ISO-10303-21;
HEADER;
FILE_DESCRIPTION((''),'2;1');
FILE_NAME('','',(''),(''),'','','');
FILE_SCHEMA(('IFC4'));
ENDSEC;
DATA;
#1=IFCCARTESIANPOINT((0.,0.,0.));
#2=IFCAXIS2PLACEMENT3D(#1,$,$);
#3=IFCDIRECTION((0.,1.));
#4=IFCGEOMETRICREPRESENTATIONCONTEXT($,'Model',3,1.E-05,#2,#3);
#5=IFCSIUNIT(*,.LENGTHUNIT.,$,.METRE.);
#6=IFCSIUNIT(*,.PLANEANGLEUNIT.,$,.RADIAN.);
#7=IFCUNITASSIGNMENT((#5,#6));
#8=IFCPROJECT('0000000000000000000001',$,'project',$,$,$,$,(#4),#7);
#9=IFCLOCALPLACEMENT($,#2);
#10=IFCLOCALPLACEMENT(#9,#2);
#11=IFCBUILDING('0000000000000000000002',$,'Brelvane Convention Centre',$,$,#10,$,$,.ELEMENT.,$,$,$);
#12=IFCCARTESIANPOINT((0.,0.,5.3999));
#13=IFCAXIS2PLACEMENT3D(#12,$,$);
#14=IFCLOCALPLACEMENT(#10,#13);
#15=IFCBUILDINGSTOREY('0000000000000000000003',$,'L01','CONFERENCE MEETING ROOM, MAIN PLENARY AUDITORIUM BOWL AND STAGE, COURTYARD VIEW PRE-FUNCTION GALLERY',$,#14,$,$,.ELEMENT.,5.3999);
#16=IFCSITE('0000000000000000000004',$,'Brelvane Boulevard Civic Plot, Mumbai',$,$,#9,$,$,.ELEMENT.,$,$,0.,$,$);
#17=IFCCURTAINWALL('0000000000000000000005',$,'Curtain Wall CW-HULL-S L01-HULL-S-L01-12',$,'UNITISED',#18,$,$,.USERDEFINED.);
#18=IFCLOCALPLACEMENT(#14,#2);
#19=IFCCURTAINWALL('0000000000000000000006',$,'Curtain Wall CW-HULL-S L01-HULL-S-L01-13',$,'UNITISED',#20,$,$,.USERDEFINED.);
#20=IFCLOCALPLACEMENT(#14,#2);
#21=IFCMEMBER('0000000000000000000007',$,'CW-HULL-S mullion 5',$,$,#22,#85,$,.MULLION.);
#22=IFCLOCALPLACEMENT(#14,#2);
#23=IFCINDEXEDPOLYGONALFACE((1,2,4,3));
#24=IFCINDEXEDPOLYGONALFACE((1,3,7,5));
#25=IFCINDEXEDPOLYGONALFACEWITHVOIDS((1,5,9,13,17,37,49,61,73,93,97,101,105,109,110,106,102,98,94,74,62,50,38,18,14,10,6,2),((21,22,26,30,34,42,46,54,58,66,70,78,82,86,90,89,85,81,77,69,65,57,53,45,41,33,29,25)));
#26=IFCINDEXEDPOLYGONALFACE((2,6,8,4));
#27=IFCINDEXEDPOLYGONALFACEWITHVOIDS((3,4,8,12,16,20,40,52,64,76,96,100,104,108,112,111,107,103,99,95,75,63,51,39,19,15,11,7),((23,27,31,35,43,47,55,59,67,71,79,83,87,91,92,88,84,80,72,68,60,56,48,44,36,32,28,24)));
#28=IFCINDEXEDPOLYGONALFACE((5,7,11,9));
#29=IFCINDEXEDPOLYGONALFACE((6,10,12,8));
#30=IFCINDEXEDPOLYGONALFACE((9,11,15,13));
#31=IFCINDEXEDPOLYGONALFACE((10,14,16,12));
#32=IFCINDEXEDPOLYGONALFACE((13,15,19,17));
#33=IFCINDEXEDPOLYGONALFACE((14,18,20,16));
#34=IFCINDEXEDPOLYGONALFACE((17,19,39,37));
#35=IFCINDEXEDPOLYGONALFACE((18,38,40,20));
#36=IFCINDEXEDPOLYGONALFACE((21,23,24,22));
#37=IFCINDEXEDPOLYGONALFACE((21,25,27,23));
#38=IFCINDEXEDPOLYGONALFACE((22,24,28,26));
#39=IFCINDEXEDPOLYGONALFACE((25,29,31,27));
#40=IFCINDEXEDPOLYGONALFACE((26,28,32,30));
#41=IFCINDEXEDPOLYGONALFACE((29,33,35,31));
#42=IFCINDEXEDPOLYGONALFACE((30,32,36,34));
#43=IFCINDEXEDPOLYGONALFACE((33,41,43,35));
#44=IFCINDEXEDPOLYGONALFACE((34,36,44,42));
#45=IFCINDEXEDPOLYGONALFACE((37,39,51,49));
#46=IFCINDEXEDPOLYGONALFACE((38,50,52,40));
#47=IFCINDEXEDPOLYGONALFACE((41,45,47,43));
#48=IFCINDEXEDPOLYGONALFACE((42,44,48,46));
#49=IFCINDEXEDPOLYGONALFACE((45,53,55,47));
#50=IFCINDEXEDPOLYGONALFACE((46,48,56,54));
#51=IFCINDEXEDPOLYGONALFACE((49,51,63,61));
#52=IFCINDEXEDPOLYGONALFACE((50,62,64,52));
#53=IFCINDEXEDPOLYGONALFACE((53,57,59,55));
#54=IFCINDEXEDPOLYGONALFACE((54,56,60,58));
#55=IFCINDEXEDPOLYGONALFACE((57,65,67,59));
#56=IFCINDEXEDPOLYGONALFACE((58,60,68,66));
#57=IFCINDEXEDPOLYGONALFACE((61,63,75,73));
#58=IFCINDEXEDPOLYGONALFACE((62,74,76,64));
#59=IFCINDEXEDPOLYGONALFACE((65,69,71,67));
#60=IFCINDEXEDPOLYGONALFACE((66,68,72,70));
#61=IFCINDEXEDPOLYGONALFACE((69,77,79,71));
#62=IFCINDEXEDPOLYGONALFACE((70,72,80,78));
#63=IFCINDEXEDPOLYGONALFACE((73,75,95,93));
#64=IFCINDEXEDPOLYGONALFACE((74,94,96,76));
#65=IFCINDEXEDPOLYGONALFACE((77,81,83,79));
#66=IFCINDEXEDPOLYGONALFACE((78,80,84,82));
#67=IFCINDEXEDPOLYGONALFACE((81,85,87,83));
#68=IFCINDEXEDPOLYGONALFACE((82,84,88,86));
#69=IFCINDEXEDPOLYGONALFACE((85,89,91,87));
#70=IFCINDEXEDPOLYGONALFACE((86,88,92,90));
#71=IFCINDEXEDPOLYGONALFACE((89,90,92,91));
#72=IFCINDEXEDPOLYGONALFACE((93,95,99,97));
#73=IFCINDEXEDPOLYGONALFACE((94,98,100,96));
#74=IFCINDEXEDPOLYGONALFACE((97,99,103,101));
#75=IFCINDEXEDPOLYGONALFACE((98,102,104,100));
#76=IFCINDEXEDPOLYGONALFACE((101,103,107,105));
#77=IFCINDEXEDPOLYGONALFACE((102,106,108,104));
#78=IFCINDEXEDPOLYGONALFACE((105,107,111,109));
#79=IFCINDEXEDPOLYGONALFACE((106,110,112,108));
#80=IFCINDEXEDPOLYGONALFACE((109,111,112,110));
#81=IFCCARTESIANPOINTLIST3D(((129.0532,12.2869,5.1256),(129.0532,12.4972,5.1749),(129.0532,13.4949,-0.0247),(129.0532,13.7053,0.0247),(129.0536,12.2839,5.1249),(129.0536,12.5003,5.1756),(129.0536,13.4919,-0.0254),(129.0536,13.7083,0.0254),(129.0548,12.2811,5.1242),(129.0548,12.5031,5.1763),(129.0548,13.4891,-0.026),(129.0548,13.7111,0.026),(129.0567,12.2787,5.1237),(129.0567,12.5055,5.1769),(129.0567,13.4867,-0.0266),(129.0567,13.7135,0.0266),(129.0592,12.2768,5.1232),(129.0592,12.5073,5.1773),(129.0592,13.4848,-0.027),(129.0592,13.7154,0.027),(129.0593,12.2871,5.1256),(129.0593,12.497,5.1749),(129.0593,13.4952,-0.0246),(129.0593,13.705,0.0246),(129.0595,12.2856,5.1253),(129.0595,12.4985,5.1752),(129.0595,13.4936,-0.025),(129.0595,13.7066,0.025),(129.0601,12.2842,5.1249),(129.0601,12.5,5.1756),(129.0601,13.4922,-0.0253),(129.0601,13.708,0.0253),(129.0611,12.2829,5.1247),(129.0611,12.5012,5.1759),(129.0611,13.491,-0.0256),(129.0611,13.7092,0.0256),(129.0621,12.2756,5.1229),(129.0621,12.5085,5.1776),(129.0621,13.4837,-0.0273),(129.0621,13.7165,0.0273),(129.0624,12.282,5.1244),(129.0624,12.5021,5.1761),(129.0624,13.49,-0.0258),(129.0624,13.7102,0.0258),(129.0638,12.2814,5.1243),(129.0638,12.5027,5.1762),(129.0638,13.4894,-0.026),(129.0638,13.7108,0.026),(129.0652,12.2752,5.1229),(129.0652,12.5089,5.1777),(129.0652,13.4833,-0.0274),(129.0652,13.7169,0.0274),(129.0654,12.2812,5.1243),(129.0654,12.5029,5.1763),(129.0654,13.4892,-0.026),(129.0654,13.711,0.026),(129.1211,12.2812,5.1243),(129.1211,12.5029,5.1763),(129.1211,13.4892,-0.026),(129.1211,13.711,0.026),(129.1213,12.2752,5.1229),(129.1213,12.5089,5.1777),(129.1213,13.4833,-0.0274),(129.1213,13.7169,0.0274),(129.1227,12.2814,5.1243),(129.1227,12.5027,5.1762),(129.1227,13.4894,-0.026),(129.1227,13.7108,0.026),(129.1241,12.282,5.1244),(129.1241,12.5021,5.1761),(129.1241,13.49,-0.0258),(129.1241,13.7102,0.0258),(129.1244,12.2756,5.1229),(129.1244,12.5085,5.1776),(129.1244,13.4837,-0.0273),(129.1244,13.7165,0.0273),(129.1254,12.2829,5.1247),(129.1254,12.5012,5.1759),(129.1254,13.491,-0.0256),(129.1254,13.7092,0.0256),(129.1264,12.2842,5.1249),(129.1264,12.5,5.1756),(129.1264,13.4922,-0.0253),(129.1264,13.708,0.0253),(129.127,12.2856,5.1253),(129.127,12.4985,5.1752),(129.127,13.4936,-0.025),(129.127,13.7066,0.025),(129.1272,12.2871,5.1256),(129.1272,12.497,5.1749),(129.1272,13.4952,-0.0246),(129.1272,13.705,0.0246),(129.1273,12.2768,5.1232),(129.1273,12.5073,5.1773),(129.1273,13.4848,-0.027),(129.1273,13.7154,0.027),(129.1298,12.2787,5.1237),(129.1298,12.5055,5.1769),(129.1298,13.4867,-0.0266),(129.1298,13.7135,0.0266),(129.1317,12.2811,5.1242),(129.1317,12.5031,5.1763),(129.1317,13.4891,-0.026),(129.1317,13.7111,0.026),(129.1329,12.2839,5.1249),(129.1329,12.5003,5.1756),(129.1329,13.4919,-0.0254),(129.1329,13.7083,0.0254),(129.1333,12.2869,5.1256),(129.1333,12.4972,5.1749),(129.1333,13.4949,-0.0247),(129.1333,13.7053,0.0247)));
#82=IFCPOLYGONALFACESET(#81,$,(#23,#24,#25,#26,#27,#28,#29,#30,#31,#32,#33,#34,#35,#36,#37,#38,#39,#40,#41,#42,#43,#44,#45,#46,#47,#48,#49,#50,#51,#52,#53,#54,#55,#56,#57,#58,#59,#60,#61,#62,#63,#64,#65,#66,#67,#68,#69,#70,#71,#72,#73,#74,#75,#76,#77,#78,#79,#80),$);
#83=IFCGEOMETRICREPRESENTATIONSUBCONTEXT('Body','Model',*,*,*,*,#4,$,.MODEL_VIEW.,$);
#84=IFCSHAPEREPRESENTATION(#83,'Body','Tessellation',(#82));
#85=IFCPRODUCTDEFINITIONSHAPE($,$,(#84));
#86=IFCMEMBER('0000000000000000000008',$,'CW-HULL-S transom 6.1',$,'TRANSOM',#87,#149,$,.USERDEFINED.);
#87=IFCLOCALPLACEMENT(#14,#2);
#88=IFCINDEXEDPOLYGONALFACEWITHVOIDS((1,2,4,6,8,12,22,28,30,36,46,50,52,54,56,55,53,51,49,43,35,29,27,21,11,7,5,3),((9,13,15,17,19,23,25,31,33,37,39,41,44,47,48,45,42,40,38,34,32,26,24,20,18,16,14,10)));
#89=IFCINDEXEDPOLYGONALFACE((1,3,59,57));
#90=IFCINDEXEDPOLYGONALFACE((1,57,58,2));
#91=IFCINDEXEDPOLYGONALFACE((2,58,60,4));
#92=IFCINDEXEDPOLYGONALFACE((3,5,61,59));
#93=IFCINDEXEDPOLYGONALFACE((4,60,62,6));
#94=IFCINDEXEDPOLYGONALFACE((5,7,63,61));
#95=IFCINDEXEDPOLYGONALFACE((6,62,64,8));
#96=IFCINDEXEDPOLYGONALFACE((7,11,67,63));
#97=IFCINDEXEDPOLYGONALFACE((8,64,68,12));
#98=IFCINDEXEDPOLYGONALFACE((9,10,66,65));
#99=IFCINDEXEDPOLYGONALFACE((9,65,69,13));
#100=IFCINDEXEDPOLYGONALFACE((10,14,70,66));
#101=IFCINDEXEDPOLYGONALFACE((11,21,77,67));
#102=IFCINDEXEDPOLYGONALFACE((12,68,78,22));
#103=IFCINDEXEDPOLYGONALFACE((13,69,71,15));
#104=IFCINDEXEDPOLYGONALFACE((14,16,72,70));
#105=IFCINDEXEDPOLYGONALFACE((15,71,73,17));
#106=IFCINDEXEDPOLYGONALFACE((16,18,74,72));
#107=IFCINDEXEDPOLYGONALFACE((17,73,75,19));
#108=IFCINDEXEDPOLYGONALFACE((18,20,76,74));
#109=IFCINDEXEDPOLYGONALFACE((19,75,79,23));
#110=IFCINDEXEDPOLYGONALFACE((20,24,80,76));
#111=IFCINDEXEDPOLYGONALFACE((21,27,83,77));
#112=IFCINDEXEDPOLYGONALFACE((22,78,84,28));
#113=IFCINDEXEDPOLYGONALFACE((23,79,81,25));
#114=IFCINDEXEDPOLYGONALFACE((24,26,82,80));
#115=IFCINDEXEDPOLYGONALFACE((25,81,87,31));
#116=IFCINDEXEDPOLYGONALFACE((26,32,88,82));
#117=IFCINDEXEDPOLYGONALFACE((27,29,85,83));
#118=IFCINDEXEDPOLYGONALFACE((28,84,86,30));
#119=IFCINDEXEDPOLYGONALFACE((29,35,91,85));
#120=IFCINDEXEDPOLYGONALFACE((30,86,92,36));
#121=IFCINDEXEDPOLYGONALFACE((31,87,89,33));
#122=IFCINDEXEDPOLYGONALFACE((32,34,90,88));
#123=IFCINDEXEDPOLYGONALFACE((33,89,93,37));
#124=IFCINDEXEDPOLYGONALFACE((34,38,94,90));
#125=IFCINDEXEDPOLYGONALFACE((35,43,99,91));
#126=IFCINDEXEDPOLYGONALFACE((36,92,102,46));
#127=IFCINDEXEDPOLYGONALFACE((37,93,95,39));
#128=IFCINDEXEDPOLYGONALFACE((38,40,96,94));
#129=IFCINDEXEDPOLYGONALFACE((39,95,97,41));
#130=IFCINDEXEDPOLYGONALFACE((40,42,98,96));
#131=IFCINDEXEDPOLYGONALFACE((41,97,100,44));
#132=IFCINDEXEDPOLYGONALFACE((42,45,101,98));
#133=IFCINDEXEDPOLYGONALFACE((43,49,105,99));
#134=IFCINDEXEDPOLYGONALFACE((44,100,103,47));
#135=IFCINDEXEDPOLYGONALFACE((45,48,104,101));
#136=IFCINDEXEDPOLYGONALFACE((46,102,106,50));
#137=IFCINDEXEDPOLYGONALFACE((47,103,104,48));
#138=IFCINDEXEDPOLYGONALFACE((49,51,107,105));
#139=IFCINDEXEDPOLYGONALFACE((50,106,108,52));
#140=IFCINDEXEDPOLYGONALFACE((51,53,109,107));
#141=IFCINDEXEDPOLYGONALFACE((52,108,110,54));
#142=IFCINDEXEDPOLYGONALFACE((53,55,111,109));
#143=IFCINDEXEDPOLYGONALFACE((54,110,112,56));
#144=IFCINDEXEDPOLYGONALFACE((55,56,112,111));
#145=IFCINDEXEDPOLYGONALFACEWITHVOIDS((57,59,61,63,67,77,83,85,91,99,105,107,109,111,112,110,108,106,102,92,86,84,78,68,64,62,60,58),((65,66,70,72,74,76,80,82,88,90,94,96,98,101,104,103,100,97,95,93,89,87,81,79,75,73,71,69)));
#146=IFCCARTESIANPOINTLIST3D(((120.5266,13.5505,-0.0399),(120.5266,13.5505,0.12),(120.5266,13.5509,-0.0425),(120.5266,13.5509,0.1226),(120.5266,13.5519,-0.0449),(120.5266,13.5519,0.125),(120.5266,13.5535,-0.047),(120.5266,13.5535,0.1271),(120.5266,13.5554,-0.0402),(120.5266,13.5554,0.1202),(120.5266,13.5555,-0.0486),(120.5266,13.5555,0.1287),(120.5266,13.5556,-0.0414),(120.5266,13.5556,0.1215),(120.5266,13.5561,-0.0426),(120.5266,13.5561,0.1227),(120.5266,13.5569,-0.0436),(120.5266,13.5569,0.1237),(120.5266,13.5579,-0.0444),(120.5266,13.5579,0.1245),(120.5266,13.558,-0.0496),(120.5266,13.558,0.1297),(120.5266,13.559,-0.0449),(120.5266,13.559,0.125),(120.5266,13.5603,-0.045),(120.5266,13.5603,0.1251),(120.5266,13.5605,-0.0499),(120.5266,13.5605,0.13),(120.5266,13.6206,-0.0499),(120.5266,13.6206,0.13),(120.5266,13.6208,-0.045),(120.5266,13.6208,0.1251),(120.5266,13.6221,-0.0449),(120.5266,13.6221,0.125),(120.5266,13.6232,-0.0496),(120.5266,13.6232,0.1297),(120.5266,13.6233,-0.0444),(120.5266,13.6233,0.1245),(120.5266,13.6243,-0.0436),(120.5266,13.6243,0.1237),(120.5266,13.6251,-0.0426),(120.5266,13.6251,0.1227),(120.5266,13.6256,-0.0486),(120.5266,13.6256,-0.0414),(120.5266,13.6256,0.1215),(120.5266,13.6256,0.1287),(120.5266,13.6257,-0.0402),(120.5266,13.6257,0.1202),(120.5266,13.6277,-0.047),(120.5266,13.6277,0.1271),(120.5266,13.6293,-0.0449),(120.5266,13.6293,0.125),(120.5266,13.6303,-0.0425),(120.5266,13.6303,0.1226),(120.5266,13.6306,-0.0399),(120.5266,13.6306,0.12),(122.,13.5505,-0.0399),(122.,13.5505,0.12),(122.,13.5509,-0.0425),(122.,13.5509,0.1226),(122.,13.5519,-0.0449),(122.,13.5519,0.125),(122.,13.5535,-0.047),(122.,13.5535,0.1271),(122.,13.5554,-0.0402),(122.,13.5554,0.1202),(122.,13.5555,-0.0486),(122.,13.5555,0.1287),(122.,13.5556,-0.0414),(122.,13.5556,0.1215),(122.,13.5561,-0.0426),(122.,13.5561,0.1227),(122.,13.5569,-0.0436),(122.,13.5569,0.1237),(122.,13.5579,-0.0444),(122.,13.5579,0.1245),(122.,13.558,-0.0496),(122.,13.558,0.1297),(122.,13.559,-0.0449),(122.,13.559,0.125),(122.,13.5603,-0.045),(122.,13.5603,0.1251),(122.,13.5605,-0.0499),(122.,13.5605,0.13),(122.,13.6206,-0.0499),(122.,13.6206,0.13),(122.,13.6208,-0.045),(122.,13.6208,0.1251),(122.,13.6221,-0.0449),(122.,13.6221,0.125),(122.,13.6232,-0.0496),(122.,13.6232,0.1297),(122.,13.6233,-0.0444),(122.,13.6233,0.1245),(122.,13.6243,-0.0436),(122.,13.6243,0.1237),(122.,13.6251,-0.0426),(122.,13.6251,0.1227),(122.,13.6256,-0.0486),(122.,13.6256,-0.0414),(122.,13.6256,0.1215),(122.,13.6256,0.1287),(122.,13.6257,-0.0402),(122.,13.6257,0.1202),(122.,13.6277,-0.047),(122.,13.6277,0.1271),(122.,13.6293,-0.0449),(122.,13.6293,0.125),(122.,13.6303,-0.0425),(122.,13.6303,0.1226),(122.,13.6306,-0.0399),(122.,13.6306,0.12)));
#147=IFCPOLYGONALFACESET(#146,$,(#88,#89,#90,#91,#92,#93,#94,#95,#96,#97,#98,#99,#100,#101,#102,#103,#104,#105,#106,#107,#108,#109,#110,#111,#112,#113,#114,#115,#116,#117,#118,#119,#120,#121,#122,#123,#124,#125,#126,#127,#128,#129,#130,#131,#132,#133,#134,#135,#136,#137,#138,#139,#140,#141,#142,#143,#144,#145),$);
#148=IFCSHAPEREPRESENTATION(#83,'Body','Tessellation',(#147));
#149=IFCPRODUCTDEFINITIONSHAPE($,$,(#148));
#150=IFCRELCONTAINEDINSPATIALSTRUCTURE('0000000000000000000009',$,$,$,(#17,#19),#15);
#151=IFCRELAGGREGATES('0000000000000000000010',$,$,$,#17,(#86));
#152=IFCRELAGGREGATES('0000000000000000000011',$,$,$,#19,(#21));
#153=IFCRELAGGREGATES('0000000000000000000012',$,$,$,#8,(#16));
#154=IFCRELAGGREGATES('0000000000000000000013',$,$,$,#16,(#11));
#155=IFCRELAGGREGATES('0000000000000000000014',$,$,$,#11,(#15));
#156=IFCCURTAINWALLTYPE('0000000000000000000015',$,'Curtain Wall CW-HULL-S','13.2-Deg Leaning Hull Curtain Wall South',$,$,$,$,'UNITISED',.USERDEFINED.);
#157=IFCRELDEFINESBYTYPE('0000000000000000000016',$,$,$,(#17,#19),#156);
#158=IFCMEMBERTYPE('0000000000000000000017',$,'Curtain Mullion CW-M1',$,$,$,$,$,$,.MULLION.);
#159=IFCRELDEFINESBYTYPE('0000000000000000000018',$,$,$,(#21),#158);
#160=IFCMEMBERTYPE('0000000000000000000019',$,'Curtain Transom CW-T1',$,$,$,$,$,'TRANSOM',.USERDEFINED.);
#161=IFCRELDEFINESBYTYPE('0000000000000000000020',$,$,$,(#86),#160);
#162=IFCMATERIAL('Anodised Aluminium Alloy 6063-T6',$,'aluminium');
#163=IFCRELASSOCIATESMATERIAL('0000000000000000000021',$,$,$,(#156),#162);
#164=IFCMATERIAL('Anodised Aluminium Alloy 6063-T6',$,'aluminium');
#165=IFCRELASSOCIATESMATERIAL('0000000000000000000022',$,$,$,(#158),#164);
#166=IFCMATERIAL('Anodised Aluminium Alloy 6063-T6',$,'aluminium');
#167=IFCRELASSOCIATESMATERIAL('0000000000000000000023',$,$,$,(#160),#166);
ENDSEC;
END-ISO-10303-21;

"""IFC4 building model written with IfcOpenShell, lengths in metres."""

from ifc_helpers import new_model, si_unit, direction, frame, origin, origin_2d, place, context, subcontext, project, spatial, hollow_rectangle, extrude, material, material_profile, profile_set, type_object, element, aggregate, save


model = new_model("IFC4")

# Units and contexts
model_context = context("Model", 3, precision=1e-05, world=origin(), true_north=direction((0.0, 1.0)))
body_context = subcontext(model_context, "Body", "Model", "MODEL_VIEW")
ifc_project = project(units=[si_unit("LENGTHUNIT", "METRE"), si_unit("PLANEANGLEUNIT", "RADIAN")], contexts=[model_context])

# Site, building, storey
site_placement = place(None, origin())
site = spatial("IfcSite", under=ifc_project, at=site_placement, Name="Brelvane Boulevard Civic Plot, Mumbai", CompositionType="ELEMENT", RefElevation=0.0)
building_placement = place(site_placement, origin())
building = spatial("IfcBuilding", under=site, at=building_placement, Name="Brelvane Convention Centre", CompositionType="ELEMENT")
storey_placement = place(building_placement, frame((0.0, 0.0, 5.3999)))
storey = spatial("IfcBuildingStorey", under=building, at=storey_placement, Name="L01", Description="CONFERENCE MEETING ROOM, MAIN PLENARY AUDITORIUM BOWL AND STAGE, COURTYARD VIEW PRE-FUNCTION GALLERY", CompositionType="ELEMENT", Elevation=5.3999)

# Curtain wall
ifc_material_1 = material(Name="Anodised Aluminium Alloy 6063-T6", Category="aluminium")
curtain_wall_type = type_object("IfcCurtainWallType", Name="Curtain Wall CW-HULL-S", Description="13.2-Deg Leaning Hull Curtain Wall South", ElementType="UNITISED", PredefinedType="USERDEFINED", material=ifc_material_1)
curtain_wall_1_placement = place(storey_placement, origin())
curtain_wall_1 = element("IfcCurtainWall", 1, at=curtain_wall_1_placement, inside=storey, type_object=curtain_wall_type, Name="Curtain Wall CW-HULL-S L01-HULL-S-L01-12", ObjectType="UNITISED", PredefinedType="USERDEFINED")
ifc_material_2 = material(Name="Anodised Aluminium Alloy 6063-T6", Category="aluminium")
ifc_material_profile_1 = material_profile(ifc_material_2, hollow_rectangle(XDim=0.0801, YDim=0.24, WallThickness=0.0061, InnerFilletRadius=0.0061, OuterFilletRadius=0.012, at=origin_2d()), Name="ALU-M 240x80x6.0")
ifc_profile_set_1 = profile_set([ifc_material_profile_1], Name="Anodised Aluminium Alloy 6063-T6")
member_type_1 = type_object("IfcMemberType", Name="Curtain Mullion CW-M1", PredefinedType="MULLION", material=ifc_profile_set_1)

# Curtain wall, member
curtain_wall_2_placement = place(storey_placement, origin())
curtain_wall_2 = element("IfcCurtainWall", 2, at=curtain_wall_2_placement, inside=storey, type_object=curtain_wall_type, Name="Curtain Wall CW-HULL-S L01-HULL-S-L01-13", ObjectType="UNITISED", PredefinedType="USERDEFINED")
member_1_placement = place(storey_placement, frame((129.0933, 13.6001, 0.0), z_axis=(0.0, -0.22836, 0.973577), x_axis=(1.0, 0.0, 0.0)))
member_1 = element("IfcMember", 3, at=member_1_placement, type_object=member_type_1, Name="CW-HULL-S mullion 5", PredefinedType="MULLION", context=body_context, shape_type="SweptSolid", body=[
    extrude(hollow_rectangle(XDim=0.0801, YDim=0.24, WallThickness=0.0061, InnerFilletRadius=0.0061, OuterFilletRadius=0.012, at=origin_2d()), origin(), (0.0, 0.0, 1.0), 5.29),
])

# Member
ifc_material_3 = material(Name="Anodised Aluminium Alloy 6063-T6", Category="aluminium")
ifc_material_profile_2 = material_profile(ifc_material_3, hollow_rectangle(XDim=0.0801, YDim=0.1799, WallThickness=0.0049, InnerFilletRadius=0.0049, OuterFilletRadius=0.01, at=origin_2d()), Name="ALU-T 180x80x5.0")
ifc_profile_set_2 = profile_set([ifc_material_profile_2], Name="Anodised Aluminium Alloy 6063-T6")
member_type_2 = type_object("IfcMemberType", Name="Curtain Transom CW-T1", ElementType="TRANSOM", PredefinedType="USERDEFINED", material=ifc_profile_set_2)
member_2_placement = place(storey_placement, frame((120.5266, 13.5906, 0.04), z_axis=(1.0, 0.0, 0.0), x_axis=(0.0, 1.0, 0.0)))
member_2 = element("IfcMember", 4, at=member_2_placement, type_object=member_type_2, Name="CW-HULL-S transom 6.1", ObjectType="TRANSOM", PredefinedType="USERDEFINED", context=body_context, shape_type="SweptSolid", body=[
    extrude(hollow_rectangle(XDim=0.0801, YDim=0.1799, WallThickness=0.0049, InnerFilletRadius=0.0049, OuterFilletRadius=0.01, at=origin_2d()), origin(), (0.0, 0.0, 1.0), 1.4734),
])
aggregate(curtain_wall_1, [member_2])

aggregate(curtain_wall_2, [member_1])

save(model, "model.ifc")
